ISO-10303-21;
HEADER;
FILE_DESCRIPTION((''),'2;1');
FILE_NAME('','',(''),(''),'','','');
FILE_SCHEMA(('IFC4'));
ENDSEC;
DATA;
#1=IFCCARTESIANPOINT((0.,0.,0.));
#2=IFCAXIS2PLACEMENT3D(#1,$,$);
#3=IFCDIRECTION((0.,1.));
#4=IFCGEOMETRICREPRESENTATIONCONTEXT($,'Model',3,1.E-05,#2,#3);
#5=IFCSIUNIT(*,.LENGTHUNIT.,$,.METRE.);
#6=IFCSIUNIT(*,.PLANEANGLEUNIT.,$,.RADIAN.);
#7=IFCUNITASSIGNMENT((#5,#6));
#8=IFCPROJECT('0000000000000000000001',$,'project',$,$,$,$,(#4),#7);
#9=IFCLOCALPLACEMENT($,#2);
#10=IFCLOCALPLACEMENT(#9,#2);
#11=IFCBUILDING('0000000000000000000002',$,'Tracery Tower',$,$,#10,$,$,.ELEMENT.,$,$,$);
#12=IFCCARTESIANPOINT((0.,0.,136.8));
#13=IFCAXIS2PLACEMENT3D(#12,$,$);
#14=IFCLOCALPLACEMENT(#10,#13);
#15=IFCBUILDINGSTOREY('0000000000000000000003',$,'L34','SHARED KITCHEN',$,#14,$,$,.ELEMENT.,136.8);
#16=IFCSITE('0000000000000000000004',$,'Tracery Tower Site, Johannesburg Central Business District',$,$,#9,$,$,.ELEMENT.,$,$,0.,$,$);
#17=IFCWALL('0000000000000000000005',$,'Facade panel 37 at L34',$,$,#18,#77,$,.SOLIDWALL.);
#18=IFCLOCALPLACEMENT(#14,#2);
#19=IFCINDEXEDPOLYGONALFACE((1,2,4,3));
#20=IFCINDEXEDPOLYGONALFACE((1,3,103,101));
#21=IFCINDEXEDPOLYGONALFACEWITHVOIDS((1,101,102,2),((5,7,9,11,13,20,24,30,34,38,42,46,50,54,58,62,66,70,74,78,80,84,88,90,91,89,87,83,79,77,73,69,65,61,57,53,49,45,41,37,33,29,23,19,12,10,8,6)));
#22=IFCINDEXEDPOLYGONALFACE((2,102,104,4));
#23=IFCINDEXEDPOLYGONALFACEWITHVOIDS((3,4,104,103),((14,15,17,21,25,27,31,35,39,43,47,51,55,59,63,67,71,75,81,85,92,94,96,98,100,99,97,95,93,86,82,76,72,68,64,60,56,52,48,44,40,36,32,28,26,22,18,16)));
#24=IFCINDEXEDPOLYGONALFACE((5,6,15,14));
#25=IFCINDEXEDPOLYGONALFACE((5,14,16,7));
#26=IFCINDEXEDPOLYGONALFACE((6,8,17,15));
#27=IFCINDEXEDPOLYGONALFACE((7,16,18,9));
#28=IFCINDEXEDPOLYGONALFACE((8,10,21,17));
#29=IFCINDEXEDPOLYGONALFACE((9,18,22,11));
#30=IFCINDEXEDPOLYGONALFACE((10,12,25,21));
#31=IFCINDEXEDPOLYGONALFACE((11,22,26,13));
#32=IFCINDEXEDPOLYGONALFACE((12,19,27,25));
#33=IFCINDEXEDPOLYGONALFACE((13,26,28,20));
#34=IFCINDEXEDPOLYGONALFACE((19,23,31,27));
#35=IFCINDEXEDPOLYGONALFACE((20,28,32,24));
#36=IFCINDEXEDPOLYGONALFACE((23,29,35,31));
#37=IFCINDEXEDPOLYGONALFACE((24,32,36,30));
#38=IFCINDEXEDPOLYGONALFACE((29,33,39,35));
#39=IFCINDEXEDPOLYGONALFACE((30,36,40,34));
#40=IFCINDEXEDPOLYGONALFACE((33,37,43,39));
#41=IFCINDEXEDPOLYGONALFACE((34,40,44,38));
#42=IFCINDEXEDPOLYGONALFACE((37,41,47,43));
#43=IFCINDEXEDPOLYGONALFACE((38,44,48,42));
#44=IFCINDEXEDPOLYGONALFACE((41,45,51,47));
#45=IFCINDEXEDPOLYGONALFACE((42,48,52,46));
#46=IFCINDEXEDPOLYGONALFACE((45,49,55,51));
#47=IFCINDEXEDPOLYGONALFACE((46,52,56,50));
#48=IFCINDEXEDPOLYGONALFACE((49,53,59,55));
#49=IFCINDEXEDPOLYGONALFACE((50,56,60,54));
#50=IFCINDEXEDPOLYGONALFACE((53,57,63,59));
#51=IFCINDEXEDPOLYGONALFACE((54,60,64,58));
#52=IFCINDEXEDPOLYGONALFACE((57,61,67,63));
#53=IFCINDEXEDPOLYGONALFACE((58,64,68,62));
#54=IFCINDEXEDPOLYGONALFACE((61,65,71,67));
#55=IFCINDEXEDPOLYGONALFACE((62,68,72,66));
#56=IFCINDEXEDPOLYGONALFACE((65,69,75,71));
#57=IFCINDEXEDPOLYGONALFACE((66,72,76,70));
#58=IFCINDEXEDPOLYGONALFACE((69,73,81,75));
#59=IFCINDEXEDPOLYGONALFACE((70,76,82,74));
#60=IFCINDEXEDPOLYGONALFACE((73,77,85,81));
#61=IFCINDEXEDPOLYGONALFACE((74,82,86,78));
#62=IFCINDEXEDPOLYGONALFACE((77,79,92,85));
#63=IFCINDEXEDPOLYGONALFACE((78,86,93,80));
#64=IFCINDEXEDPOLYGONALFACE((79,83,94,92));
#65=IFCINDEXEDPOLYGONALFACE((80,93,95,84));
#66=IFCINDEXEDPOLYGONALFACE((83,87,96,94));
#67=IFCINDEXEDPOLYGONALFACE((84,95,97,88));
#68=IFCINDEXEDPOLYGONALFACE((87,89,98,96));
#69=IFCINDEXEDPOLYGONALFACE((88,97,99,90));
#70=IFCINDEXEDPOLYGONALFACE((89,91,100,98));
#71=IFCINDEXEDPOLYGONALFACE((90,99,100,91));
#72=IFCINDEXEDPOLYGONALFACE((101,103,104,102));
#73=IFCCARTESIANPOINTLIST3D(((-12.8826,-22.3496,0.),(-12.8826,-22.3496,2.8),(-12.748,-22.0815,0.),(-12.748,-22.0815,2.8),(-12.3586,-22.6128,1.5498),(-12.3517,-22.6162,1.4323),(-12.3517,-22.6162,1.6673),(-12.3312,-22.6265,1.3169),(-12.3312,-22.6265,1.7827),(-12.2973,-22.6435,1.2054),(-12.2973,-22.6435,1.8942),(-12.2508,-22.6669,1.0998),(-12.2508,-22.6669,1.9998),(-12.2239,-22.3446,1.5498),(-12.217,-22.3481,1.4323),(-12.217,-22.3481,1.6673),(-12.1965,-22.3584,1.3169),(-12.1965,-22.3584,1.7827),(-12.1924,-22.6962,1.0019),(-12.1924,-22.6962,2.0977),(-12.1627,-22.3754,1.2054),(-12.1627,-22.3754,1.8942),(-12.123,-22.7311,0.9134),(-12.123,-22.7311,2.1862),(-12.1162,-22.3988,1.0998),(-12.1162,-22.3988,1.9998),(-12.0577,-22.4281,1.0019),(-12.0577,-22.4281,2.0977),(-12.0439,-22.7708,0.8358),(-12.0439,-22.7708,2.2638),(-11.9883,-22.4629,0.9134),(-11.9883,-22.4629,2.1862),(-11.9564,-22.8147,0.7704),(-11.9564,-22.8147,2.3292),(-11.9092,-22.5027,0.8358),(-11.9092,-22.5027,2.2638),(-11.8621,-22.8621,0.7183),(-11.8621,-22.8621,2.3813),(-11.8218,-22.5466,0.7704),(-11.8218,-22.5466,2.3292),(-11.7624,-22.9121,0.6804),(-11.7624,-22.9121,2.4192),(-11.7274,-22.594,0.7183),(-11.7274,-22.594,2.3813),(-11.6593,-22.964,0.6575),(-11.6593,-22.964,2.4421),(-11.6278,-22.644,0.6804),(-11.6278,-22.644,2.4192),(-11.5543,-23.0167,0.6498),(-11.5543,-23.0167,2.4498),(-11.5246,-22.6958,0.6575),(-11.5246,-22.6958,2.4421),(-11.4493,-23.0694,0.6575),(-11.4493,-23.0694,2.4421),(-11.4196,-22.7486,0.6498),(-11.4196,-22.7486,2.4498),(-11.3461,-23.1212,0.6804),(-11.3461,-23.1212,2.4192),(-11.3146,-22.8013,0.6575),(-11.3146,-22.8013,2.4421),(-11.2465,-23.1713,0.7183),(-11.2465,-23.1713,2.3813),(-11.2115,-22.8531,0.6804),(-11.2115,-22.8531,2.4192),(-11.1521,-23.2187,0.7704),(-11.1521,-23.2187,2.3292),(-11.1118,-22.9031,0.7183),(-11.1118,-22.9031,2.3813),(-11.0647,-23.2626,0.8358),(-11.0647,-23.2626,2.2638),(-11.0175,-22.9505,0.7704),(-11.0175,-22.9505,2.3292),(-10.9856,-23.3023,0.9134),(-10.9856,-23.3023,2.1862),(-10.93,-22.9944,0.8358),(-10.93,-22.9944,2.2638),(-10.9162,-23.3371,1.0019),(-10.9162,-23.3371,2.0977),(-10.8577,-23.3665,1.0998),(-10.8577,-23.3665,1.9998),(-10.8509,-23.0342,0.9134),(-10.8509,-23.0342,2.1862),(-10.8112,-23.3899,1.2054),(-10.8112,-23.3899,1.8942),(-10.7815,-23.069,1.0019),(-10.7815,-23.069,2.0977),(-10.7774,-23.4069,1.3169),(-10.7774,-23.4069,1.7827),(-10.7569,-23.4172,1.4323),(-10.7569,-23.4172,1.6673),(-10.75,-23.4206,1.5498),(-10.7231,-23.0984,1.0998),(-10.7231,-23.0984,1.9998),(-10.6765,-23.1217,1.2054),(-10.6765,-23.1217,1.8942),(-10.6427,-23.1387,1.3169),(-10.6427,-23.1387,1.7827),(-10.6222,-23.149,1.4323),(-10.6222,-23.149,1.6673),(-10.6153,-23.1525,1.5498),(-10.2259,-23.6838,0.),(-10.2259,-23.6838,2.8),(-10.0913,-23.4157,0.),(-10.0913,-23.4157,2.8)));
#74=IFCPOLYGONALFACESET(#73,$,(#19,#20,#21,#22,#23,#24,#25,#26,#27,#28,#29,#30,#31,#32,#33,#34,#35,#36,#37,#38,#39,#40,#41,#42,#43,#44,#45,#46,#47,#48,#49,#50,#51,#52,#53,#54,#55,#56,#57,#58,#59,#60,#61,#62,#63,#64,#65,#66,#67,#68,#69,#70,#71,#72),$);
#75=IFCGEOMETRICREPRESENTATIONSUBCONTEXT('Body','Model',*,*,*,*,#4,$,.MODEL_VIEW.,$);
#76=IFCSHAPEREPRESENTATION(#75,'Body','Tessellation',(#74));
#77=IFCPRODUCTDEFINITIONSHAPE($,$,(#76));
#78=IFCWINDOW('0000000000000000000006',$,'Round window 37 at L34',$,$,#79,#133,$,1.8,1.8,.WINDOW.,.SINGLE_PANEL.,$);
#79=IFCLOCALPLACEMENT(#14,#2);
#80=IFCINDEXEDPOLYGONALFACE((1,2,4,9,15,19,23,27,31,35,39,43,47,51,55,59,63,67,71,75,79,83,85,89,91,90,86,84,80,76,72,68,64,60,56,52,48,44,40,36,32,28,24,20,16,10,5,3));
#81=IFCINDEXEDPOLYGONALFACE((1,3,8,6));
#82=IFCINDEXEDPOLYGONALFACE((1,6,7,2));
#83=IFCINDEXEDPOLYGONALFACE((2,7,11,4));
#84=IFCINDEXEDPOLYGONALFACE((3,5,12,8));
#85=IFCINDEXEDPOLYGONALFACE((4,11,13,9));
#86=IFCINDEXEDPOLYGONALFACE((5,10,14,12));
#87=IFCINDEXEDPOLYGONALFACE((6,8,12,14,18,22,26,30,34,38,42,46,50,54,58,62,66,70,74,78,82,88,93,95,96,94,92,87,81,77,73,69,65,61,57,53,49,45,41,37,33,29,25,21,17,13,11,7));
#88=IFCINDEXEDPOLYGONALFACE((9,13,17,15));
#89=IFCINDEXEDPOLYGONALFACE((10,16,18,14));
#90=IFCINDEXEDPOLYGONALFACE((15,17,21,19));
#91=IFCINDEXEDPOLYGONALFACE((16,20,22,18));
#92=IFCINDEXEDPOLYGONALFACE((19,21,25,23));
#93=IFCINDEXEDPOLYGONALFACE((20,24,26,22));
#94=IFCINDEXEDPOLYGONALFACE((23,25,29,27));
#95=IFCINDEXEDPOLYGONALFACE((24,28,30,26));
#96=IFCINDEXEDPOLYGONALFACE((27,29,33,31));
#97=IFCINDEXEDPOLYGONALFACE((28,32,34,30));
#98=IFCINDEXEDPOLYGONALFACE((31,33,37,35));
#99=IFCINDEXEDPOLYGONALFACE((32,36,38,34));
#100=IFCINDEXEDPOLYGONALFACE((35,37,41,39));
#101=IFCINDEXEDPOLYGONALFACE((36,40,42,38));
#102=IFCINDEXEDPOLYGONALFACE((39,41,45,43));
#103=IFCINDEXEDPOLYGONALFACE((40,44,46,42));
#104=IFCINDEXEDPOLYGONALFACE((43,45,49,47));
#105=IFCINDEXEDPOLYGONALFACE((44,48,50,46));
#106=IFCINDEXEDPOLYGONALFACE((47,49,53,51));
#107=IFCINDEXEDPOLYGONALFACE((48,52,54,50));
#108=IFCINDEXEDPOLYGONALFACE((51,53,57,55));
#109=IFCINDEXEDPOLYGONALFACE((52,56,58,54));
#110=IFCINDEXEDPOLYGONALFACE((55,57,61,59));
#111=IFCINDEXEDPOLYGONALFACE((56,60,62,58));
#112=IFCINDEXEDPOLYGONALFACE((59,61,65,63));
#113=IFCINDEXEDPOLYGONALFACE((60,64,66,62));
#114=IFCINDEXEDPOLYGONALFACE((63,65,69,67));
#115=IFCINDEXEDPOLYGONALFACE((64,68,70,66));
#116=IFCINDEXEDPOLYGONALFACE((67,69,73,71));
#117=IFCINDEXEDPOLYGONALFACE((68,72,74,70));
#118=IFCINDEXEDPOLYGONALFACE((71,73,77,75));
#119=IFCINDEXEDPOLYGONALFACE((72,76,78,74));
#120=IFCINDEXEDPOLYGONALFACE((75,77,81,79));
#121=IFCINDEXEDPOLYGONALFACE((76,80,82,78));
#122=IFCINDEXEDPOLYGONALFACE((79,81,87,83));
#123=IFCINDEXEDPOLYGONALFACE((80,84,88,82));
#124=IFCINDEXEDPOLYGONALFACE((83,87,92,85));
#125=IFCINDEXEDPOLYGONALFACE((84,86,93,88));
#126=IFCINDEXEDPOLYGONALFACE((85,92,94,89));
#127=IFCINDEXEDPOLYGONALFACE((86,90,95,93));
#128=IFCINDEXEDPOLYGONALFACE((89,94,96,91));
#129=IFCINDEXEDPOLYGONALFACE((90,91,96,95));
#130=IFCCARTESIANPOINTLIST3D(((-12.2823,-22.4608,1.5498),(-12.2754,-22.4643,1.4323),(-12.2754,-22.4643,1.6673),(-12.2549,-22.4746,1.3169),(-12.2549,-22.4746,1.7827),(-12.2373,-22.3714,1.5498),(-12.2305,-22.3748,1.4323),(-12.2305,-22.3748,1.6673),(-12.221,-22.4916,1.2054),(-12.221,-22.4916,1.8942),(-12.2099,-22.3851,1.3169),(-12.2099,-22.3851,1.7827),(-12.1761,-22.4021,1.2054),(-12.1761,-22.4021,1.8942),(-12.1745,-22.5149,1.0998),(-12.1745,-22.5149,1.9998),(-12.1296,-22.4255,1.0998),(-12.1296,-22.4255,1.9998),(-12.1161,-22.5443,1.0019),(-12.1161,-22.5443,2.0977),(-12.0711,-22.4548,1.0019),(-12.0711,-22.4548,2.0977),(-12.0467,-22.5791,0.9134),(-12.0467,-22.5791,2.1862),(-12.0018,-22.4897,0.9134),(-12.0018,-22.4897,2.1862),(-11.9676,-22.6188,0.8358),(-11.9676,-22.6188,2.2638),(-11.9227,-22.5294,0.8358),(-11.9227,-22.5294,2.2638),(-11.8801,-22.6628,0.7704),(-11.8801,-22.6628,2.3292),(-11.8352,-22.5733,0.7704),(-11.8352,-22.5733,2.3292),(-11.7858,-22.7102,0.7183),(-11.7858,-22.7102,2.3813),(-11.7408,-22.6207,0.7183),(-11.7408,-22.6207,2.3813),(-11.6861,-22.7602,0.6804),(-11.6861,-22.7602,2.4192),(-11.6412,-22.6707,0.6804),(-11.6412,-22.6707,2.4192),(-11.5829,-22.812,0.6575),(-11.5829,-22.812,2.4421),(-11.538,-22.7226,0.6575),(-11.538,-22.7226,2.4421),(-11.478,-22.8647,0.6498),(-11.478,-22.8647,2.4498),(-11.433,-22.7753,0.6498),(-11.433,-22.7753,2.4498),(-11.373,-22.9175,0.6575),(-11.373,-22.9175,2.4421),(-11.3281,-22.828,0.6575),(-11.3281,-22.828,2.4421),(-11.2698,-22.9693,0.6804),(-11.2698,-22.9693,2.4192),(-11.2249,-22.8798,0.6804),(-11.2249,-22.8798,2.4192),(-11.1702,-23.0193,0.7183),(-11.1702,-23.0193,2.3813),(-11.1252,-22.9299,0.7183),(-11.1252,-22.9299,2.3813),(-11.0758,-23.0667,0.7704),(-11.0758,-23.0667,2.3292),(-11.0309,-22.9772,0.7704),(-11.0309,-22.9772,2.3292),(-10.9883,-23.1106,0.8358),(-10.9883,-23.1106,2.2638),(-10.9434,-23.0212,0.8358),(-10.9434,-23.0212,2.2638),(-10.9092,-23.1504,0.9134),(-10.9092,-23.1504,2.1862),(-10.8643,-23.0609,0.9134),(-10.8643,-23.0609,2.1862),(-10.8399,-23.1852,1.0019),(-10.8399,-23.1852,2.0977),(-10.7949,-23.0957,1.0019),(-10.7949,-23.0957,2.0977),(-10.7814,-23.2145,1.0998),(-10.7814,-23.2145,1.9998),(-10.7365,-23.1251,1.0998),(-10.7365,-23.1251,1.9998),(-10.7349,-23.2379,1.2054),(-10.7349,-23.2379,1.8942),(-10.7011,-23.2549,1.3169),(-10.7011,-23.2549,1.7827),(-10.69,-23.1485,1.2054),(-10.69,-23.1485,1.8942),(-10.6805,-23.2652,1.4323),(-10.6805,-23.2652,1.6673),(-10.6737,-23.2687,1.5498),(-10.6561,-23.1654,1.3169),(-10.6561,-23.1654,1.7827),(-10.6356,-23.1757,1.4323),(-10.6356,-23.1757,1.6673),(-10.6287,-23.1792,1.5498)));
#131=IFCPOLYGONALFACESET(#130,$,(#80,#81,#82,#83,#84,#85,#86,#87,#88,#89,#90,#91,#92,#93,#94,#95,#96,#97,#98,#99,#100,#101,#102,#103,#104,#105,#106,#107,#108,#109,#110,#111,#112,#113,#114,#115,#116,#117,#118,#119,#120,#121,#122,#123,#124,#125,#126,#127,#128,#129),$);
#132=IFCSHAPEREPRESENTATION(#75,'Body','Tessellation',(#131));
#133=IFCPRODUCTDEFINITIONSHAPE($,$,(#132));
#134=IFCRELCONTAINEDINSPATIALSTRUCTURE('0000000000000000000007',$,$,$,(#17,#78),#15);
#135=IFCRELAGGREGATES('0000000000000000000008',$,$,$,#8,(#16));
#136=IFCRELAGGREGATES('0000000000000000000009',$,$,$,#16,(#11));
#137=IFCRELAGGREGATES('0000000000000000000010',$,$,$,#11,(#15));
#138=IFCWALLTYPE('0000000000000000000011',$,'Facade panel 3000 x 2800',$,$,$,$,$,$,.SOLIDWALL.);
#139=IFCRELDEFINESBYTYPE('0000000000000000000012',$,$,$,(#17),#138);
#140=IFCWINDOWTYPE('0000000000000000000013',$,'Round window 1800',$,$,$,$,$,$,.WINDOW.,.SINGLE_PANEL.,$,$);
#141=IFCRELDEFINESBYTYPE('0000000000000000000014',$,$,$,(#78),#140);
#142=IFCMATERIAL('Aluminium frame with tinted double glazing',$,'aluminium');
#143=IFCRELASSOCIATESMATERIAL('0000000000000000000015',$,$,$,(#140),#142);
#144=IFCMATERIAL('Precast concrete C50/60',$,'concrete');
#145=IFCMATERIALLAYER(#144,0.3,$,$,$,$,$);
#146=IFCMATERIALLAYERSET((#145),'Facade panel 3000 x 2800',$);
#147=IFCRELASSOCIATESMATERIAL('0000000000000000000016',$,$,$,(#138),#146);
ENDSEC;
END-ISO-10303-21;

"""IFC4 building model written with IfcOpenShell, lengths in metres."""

from ifc_helpers import new_model, si_unit, direction, frame, frame_2d, origin, origin_2d, place, context, subcontext, project, spatial, rectangle, circle, extrude, material, layer, layer_set, type_object, element, fill, save


model = new_model("IFC4")

# Units and contexts
model_context = context("Model", 3, precision=1e-05, world=origin(), true_north=direction((0.0, 1.0)))
body_context = subcontext(model_context, "Body", "Model", "MODEL_VIEW")
ifc_project = project(units=[si_unit("LENGTHUNIT", "METRE"), si_unit("PLANEANGLEUNIT", "RADIAN")], contexts=[model_context])

# Site, building, storey
site_placement = place(None, origin())
site = spatial("IfcSite", under=ifc_project, at=site_placement, Name="Tracery Tower Site, Johannesburg Central Business District", CompositionType="ELEMENT", RefElevation=0.0)
building_placement = place(site_placement, origin())
building = spatial("IfcBuilding", under=site, at=building_placement, Name="Tracery Tower", CompositionType="ELEMENT")
storey_placement = place(building_placement, frame((0.0, 0.0, 136.8)))
storey = spatial("IfcBuildingStorey", under=building, at=storey_placement, Name="L34", Description="SHARED KITCHEN", CompositionType="ELEMENT", Elevation=136.8)

# Wall, opening, window
ifc_material_1 = material(Name="Aluminium frame with tinted double glazing", Category="aluminium")
window_type = type_object("IfcWindowType", Name="Round window 1800", PartitioningType="SINGLE_PANEL", PredefinedType="WINDOW", material=ifc_material_1)
ifc_material_2 = material(Name="Precast concrete C50/60", Category="concrete")
ifc_layer_1 = layer(ifc_material_2, 0.3)
ifc_layer_set_1 = layer_set([ifc_layer_1], Name="Facade panel 3000 x 2800")
wall_type_1 = type_object("IfcWallType", Name="Facade panel 3000 x 2800", PredefinedType="SOLIDWALL", material=ifc_layer_set_1)
wall_1_placement = place(storey_placement, frame((-12.8152, -22.2156, 0.0), z_axis=(0.0, 0.0, 1.0), x_axis=(0.893637, -0.44879, 0.0)))
wall_1 = element("IfcWall", 1, at=wall_1_placement, inside=storey, type_object=wall_type_1, Name="Facade panel 37 at L34", PredefinedType="SOLIDWALL", context=body_context, shape_type="SweptSolid", body=[
    extrude(rectangle(XDim=2.9729, YDim=0.3, at=frame_2d((1.4863, 0.0))), origin(), (0.0, 0.0, 1.0), 2.8),
])
opening_1_placement = place(wall_1_placement, frame((1.4863, 0.0, 1.5498)))
opening_1 = element("IfcOpeningElement", 2, at=opening_1_placement, cuts=wall_1, PredefinedType="OPENING", context=body_context, shape_type="SweptSolid", body=[
    extrude(circle(Radius=0.9, at=origin_2d()), frame((0.0, 0.1599, 0.0), z_axis=(0.0, -1.0, 0.0), x_axis=(1.0, 0.0, 0.0)), (0.0, 0.0, 1.0), 0.3201),
])
window_1_placement = place(opening_1_placement, origin())
window_1 = element("IfcWindow", 3, at=window_1_placement, inside=storey, type_object=window_type, Name="Round window 37 at L34", OverallHeight=1.8, OverallWidth=1.8, PartitioningType="SINGLE_PANEL", PredefinedType="WINDOW", context=body_context, shape_type="SweptSolid", body=[
    extrude(circle(Radius=0.9, at=origin_2d()), frame((0.0, 0.1201, 0.0), z_axis=(0.0, -1.0, 0.0), x_axis=(1.0, 0.0, 0.0)), (0.0, 0.0, 1.0), 0.1001),
])
fill(opening_1, window_1)

save(model, "model.ifc")
